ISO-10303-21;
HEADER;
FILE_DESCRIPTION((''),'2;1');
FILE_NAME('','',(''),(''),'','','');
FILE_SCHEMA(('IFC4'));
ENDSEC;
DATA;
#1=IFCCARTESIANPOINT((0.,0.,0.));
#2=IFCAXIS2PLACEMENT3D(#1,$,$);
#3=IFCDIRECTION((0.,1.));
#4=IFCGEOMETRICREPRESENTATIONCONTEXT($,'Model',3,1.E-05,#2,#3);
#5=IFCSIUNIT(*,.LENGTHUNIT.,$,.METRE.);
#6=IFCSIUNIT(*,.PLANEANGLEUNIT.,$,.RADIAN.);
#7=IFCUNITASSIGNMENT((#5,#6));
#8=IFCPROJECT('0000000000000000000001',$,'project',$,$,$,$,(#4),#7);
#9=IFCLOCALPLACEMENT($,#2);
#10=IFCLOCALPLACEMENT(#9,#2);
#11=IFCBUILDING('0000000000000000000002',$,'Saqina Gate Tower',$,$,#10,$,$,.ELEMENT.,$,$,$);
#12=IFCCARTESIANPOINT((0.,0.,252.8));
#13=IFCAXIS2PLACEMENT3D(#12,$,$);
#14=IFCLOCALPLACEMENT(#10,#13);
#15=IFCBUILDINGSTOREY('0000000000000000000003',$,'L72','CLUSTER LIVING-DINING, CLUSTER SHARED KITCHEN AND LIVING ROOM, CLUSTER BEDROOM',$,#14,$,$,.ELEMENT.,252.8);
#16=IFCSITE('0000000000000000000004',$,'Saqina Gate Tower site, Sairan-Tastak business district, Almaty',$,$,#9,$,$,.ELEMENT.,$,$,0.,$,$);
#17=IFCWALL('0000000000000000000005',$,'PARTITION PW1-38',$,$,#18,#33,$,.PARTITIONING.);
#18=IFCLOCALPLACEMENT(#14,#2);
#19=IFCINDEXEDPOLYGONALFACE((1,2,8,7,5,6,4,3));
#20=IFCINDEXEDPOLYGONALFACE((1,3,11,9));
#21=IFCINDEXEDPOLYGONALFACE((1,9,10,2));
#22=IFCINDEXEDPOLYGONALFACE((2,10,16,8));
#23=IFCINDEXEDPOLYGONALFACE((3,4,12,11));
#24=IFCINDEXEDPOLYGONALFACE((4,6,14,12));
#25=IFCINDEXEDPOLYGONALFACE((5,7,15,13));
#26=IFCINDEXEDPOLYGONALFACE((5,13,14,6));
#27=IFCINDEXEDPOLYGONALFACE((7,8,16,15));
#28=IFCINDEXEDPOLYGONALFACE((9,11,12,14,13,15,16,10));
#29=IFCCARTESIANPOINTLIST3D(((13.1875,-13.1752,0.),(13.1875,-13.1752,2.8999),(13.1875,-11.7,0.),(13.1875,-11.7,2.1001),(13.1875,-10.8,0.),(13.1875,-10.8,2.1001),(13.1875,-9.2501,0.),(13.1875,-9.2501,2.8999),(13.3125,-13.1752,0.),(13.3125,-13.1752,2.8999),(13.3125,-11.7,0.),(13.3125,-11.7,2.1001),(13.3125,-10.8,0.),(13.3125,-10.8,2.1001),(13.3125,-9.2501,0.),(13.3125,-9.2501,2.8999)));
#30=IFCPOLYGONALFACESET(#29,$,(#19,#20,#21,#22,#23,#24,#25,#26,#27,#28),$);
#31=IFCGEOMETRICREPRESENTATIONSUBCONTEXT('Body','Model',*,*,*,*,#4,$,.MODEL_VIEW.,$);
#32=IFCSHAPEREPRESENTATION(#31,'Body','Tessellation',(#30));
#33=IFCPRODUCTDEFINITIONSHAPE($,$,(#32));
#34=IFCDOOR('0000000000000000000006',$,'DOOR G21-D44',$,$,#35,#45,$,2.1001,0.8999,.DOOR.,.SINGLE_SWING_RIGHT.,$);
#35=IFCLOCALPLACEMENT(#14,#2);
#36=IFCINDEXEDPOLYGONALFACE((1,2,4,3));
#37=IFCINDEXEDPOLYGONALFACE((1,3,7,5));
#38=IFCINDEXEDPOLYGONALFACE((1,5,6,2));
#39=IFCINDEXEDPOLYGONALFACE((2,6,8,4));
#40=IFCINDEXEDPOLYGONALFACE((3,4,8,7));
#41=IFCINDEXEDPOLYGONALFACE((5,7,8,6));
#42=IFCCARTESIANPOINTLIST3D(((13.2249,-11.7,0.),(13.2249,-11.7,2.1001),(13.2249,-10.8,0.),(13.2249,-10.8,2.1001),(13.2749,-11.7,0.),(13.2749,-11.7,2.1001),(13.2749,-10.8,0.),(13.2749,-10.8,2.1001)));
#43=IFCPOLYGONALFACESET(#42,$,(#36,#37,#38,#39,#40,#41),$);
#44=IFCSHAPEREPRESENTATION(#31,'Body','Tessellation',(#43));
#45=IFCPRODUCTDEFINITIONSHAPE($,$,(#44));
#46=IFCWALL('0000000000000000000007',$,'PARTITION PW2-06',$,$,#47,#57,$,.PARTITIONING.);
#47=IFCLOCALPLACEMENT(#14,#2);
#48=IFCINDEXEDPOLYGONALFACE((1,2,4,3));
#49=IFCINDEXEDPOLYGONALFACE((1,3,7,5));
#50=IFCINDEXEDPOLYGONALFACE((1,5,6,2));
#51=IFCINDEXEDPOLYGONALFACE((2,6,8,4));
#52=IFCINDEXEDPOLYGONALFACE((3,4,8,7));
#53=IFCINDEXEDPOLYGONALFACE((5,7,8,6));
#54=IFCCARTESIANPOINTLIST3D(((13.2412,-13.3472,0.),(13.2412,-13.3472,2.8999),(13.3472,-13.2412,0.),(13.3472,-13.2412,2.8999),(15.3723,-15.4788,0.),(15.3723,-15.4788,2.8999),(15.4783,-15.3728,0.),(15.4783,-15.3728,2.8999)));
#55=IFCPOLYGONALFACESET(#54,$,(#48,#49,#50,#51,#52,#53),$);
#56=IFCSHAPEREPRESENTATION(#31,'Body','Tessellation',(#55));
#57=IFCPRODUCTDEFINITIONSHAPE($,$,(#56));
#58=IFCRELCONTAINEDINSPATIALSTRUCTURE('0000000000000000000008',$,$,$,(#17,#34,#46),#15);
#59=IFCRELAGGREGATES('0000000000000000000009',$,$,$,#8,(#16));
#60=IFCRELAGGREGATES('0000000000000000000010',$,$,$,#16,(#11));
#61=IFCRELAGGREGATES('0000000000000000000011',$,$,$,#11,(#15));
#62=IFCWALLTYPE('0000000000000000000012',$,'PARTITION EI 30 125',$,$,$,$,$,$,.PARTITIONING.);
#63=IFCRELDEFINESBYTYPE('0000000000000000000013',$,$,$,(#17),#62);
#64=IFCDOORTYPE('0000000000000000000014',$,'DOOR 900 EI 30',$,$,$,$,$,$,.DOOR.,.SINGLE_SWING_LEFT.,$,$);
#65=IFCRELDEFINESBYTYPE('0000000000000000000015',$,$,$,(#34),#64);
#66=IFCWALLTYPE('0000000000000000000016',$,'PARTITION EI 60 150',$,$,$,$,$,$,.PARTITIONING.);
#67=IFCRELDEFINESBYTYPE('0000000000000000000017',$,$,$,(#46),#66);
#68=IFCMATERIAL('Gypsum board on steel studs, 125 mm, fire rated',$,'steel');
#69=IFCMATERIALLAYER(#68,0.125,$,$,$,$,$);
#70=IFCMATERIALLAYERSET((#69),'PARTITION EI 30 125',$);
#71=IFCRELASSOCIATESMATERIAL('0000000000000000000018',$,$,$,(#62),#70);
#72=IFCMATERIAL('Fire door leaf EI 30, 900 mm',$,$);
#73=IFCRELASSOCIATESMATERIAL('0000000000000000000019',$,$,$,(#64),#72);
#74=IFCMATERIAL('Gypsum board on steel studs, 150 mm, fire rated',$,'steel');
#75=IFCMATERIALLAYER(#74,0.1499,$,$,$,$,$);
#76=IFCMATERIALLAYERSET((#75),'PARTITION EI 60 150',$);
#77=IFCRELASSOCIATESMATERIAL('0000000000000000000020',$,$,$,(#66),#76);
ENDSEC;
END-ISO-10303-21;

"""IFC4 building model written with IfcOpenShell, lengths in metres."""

from ifc_helpers import new_model, si_unit, direction, frame, frame_2d, origin, place, context, subcontext, project, spatial, rectangle, extrude, material, layer, layer_set, type_object, element, fill, save


model = new_model("IFC4")

# Units and contexts
model_context = context("Model", 3, precision=1e-05, world=origin(), true_north=direction((0.0, 1.0)))
body_context = subcontext(model_context, "Body", "Model", "MODEL_VIEW")
ifc_project = project(units=[si_unit("LENGTHUNIT", "METRE"), si_unit("PLANEANGLEUNIT", "RADIAN")], contexts=[model_context])

# Site, building, storey
site_placement = place(None, origin())
site = spatial("IfcSite", under=ifc_project, at=site_placement, Name="Saqina Gate Tower site, Sairan-Tastak business district, Almaty", CompositionType="ELEMENT", RefElevation=0.0)
building_placement = place(site_placement, origin())
building = spatial("IfcBuilding", under=site, at=building_placement, Name="Saqina Gate Tower", CompositionType="ELEMENT")
storey_placement = place(building_placement, frame((0.0, 0.0, 252.8)))
storey = spatial("IfcBuildingStorey", under=building, at=storey_placement, Name="L72", Description="CLUSTER LIVING-DINING, CLUSTER SHARED KITCHEN AND LIVING ROOM, CLUSTER BEDROOM", CompositionType="ELEMENT", Elevation=252.8)

# Wall, opening, door
ifc_material_1 = material(Name="Gypsum board on steel studs, 125 mm, fire rated", Category="steel")
ifc_layer_1 = layer(ifc_material_1, 0.125)
ifc_layer_set_1 = layer_set([ifc_layer_1], Name="PARTITION EI 30 125")
wall_type_1 = type_object("IfcWallType", Name="PARTITION EI 30 125", PredefinedType="PARTITIONING", material=ifc_layer_set_1)
wall_1_placement = place(storey_placement, frame((13.25, -13.175, 0.0), z_axis=(0.0, 0.0, 1.0), x_axis=(0.0, 1.0, 0.0)))
wall_1 = element("IfcWall", 1, at=wall_1_placement, inside=storey, type_object=wall_type_1, Name="PARTITION PW1-38", PredefinedType="PARTITIONING", context=body_context, shape_type="SweptSolid", body=[
    extrude(rectangle(XDim=3.925, YDim=0.125, at=frame_2d((1.9624, 0.0))), origin(), (0.0, 0.0, 1.0), 2.8999),
])
opening_1_placement = place(wall_1_placement, frame((1.4751, 0.0, 0.0)))
opening_1 = element("IfcOpeningElement", 2, at=opening_1_placement, cuts=wall_1, PredefinedType="OPENING", context=body_context, shape_type="SweptSolid", body=[
    extrude(rectangle(XDim=0.8999, YDim=2.1001, at=frame_2d((0.45, 1.05))), frame((0.0, 0.0745, 0.0), z_axis=(0.0, -1.0, 0.0), x_axis=(1.0, 0.0, 0.0)), (0.0, 0.0, 1.0), 0.1489),
])
ifc_material_2 = material(Name="Fire door leaf EI 30, 900 mm")
door_type_1 = type_object("IfcDoorType", Name="DOOR 900 EI 30", OperationType="SINGLE_SWING_LEFT", PredefinedType="DOOR", material=ifc_material_2)
door_1_placement = place(opening_1_placement, frame((0.8999, 0.0, 0.0), z_axis=(0.0, 0.0, 1.0), x_axis=(-1.0, 0.0, 0.0)))
door_1 = element("IfcDoor", 3, at=door_1_placement, inside=storey, type_object=door_type_1, Name="DOOR G21-D44", OperationType="SINGLE_SWING_RIGHT", OverallHeight=2.1001, OverallWidth=0.8999, PredefinedType="DOOR", context=body_context, shape_type="SweptSolid", body=[
    extrude(rectangle(XDim=0.8999, YDim=2.1001, at=frame_2d((0.45, 1.05))), frame((0.0, 0.0249, 0.0), z_axis=(0.0, -1.0, 0.0), x_axis=(1.0, 0.0, 0.0)), (0.0, 0.0, 1.0), 0.05),
])
fill(opening_1, door_1)

# Wall
ifc_material_3 = material(Name="Gypsum board on steel studs, 150 mm, fire rated", Category="steel")
ifc_layer_2 = layer(ifc_material_3, 0.1499)
ifc_layer_set_2 = layer_set([ifc_layer_2], Name="PARTITION EI 60 150")
wall_type_2 = type_object("IfcWallType", Name="PARTITION EI 60 150", PredefinedType="PARTITIONING", material=ifc_layer_set_2)
wall_2_placement = place(storey_placement, frame((13.2942, -13.2942, 0.0), z_axis=(0.0, 0.0, 1.0), x_axis=(0.707026, -0.707188, 0.0)))
element("IfcWall", 4, at=wall_2_placement, inside=storey, type_object=wall_type_2, Name="PARTITION PW2-06", PredefinedType="PARTITIONING", context=body_context, shape_type="SweptSolid", body=[
    extrude(rectangle(XDim=3.0142, YDim=0.1499, at=frame_2d((1.5071, 0.0))), origin(), (0.0, 0.0, 1.0), 2.8999),
])

save(model, "model.ifc")
